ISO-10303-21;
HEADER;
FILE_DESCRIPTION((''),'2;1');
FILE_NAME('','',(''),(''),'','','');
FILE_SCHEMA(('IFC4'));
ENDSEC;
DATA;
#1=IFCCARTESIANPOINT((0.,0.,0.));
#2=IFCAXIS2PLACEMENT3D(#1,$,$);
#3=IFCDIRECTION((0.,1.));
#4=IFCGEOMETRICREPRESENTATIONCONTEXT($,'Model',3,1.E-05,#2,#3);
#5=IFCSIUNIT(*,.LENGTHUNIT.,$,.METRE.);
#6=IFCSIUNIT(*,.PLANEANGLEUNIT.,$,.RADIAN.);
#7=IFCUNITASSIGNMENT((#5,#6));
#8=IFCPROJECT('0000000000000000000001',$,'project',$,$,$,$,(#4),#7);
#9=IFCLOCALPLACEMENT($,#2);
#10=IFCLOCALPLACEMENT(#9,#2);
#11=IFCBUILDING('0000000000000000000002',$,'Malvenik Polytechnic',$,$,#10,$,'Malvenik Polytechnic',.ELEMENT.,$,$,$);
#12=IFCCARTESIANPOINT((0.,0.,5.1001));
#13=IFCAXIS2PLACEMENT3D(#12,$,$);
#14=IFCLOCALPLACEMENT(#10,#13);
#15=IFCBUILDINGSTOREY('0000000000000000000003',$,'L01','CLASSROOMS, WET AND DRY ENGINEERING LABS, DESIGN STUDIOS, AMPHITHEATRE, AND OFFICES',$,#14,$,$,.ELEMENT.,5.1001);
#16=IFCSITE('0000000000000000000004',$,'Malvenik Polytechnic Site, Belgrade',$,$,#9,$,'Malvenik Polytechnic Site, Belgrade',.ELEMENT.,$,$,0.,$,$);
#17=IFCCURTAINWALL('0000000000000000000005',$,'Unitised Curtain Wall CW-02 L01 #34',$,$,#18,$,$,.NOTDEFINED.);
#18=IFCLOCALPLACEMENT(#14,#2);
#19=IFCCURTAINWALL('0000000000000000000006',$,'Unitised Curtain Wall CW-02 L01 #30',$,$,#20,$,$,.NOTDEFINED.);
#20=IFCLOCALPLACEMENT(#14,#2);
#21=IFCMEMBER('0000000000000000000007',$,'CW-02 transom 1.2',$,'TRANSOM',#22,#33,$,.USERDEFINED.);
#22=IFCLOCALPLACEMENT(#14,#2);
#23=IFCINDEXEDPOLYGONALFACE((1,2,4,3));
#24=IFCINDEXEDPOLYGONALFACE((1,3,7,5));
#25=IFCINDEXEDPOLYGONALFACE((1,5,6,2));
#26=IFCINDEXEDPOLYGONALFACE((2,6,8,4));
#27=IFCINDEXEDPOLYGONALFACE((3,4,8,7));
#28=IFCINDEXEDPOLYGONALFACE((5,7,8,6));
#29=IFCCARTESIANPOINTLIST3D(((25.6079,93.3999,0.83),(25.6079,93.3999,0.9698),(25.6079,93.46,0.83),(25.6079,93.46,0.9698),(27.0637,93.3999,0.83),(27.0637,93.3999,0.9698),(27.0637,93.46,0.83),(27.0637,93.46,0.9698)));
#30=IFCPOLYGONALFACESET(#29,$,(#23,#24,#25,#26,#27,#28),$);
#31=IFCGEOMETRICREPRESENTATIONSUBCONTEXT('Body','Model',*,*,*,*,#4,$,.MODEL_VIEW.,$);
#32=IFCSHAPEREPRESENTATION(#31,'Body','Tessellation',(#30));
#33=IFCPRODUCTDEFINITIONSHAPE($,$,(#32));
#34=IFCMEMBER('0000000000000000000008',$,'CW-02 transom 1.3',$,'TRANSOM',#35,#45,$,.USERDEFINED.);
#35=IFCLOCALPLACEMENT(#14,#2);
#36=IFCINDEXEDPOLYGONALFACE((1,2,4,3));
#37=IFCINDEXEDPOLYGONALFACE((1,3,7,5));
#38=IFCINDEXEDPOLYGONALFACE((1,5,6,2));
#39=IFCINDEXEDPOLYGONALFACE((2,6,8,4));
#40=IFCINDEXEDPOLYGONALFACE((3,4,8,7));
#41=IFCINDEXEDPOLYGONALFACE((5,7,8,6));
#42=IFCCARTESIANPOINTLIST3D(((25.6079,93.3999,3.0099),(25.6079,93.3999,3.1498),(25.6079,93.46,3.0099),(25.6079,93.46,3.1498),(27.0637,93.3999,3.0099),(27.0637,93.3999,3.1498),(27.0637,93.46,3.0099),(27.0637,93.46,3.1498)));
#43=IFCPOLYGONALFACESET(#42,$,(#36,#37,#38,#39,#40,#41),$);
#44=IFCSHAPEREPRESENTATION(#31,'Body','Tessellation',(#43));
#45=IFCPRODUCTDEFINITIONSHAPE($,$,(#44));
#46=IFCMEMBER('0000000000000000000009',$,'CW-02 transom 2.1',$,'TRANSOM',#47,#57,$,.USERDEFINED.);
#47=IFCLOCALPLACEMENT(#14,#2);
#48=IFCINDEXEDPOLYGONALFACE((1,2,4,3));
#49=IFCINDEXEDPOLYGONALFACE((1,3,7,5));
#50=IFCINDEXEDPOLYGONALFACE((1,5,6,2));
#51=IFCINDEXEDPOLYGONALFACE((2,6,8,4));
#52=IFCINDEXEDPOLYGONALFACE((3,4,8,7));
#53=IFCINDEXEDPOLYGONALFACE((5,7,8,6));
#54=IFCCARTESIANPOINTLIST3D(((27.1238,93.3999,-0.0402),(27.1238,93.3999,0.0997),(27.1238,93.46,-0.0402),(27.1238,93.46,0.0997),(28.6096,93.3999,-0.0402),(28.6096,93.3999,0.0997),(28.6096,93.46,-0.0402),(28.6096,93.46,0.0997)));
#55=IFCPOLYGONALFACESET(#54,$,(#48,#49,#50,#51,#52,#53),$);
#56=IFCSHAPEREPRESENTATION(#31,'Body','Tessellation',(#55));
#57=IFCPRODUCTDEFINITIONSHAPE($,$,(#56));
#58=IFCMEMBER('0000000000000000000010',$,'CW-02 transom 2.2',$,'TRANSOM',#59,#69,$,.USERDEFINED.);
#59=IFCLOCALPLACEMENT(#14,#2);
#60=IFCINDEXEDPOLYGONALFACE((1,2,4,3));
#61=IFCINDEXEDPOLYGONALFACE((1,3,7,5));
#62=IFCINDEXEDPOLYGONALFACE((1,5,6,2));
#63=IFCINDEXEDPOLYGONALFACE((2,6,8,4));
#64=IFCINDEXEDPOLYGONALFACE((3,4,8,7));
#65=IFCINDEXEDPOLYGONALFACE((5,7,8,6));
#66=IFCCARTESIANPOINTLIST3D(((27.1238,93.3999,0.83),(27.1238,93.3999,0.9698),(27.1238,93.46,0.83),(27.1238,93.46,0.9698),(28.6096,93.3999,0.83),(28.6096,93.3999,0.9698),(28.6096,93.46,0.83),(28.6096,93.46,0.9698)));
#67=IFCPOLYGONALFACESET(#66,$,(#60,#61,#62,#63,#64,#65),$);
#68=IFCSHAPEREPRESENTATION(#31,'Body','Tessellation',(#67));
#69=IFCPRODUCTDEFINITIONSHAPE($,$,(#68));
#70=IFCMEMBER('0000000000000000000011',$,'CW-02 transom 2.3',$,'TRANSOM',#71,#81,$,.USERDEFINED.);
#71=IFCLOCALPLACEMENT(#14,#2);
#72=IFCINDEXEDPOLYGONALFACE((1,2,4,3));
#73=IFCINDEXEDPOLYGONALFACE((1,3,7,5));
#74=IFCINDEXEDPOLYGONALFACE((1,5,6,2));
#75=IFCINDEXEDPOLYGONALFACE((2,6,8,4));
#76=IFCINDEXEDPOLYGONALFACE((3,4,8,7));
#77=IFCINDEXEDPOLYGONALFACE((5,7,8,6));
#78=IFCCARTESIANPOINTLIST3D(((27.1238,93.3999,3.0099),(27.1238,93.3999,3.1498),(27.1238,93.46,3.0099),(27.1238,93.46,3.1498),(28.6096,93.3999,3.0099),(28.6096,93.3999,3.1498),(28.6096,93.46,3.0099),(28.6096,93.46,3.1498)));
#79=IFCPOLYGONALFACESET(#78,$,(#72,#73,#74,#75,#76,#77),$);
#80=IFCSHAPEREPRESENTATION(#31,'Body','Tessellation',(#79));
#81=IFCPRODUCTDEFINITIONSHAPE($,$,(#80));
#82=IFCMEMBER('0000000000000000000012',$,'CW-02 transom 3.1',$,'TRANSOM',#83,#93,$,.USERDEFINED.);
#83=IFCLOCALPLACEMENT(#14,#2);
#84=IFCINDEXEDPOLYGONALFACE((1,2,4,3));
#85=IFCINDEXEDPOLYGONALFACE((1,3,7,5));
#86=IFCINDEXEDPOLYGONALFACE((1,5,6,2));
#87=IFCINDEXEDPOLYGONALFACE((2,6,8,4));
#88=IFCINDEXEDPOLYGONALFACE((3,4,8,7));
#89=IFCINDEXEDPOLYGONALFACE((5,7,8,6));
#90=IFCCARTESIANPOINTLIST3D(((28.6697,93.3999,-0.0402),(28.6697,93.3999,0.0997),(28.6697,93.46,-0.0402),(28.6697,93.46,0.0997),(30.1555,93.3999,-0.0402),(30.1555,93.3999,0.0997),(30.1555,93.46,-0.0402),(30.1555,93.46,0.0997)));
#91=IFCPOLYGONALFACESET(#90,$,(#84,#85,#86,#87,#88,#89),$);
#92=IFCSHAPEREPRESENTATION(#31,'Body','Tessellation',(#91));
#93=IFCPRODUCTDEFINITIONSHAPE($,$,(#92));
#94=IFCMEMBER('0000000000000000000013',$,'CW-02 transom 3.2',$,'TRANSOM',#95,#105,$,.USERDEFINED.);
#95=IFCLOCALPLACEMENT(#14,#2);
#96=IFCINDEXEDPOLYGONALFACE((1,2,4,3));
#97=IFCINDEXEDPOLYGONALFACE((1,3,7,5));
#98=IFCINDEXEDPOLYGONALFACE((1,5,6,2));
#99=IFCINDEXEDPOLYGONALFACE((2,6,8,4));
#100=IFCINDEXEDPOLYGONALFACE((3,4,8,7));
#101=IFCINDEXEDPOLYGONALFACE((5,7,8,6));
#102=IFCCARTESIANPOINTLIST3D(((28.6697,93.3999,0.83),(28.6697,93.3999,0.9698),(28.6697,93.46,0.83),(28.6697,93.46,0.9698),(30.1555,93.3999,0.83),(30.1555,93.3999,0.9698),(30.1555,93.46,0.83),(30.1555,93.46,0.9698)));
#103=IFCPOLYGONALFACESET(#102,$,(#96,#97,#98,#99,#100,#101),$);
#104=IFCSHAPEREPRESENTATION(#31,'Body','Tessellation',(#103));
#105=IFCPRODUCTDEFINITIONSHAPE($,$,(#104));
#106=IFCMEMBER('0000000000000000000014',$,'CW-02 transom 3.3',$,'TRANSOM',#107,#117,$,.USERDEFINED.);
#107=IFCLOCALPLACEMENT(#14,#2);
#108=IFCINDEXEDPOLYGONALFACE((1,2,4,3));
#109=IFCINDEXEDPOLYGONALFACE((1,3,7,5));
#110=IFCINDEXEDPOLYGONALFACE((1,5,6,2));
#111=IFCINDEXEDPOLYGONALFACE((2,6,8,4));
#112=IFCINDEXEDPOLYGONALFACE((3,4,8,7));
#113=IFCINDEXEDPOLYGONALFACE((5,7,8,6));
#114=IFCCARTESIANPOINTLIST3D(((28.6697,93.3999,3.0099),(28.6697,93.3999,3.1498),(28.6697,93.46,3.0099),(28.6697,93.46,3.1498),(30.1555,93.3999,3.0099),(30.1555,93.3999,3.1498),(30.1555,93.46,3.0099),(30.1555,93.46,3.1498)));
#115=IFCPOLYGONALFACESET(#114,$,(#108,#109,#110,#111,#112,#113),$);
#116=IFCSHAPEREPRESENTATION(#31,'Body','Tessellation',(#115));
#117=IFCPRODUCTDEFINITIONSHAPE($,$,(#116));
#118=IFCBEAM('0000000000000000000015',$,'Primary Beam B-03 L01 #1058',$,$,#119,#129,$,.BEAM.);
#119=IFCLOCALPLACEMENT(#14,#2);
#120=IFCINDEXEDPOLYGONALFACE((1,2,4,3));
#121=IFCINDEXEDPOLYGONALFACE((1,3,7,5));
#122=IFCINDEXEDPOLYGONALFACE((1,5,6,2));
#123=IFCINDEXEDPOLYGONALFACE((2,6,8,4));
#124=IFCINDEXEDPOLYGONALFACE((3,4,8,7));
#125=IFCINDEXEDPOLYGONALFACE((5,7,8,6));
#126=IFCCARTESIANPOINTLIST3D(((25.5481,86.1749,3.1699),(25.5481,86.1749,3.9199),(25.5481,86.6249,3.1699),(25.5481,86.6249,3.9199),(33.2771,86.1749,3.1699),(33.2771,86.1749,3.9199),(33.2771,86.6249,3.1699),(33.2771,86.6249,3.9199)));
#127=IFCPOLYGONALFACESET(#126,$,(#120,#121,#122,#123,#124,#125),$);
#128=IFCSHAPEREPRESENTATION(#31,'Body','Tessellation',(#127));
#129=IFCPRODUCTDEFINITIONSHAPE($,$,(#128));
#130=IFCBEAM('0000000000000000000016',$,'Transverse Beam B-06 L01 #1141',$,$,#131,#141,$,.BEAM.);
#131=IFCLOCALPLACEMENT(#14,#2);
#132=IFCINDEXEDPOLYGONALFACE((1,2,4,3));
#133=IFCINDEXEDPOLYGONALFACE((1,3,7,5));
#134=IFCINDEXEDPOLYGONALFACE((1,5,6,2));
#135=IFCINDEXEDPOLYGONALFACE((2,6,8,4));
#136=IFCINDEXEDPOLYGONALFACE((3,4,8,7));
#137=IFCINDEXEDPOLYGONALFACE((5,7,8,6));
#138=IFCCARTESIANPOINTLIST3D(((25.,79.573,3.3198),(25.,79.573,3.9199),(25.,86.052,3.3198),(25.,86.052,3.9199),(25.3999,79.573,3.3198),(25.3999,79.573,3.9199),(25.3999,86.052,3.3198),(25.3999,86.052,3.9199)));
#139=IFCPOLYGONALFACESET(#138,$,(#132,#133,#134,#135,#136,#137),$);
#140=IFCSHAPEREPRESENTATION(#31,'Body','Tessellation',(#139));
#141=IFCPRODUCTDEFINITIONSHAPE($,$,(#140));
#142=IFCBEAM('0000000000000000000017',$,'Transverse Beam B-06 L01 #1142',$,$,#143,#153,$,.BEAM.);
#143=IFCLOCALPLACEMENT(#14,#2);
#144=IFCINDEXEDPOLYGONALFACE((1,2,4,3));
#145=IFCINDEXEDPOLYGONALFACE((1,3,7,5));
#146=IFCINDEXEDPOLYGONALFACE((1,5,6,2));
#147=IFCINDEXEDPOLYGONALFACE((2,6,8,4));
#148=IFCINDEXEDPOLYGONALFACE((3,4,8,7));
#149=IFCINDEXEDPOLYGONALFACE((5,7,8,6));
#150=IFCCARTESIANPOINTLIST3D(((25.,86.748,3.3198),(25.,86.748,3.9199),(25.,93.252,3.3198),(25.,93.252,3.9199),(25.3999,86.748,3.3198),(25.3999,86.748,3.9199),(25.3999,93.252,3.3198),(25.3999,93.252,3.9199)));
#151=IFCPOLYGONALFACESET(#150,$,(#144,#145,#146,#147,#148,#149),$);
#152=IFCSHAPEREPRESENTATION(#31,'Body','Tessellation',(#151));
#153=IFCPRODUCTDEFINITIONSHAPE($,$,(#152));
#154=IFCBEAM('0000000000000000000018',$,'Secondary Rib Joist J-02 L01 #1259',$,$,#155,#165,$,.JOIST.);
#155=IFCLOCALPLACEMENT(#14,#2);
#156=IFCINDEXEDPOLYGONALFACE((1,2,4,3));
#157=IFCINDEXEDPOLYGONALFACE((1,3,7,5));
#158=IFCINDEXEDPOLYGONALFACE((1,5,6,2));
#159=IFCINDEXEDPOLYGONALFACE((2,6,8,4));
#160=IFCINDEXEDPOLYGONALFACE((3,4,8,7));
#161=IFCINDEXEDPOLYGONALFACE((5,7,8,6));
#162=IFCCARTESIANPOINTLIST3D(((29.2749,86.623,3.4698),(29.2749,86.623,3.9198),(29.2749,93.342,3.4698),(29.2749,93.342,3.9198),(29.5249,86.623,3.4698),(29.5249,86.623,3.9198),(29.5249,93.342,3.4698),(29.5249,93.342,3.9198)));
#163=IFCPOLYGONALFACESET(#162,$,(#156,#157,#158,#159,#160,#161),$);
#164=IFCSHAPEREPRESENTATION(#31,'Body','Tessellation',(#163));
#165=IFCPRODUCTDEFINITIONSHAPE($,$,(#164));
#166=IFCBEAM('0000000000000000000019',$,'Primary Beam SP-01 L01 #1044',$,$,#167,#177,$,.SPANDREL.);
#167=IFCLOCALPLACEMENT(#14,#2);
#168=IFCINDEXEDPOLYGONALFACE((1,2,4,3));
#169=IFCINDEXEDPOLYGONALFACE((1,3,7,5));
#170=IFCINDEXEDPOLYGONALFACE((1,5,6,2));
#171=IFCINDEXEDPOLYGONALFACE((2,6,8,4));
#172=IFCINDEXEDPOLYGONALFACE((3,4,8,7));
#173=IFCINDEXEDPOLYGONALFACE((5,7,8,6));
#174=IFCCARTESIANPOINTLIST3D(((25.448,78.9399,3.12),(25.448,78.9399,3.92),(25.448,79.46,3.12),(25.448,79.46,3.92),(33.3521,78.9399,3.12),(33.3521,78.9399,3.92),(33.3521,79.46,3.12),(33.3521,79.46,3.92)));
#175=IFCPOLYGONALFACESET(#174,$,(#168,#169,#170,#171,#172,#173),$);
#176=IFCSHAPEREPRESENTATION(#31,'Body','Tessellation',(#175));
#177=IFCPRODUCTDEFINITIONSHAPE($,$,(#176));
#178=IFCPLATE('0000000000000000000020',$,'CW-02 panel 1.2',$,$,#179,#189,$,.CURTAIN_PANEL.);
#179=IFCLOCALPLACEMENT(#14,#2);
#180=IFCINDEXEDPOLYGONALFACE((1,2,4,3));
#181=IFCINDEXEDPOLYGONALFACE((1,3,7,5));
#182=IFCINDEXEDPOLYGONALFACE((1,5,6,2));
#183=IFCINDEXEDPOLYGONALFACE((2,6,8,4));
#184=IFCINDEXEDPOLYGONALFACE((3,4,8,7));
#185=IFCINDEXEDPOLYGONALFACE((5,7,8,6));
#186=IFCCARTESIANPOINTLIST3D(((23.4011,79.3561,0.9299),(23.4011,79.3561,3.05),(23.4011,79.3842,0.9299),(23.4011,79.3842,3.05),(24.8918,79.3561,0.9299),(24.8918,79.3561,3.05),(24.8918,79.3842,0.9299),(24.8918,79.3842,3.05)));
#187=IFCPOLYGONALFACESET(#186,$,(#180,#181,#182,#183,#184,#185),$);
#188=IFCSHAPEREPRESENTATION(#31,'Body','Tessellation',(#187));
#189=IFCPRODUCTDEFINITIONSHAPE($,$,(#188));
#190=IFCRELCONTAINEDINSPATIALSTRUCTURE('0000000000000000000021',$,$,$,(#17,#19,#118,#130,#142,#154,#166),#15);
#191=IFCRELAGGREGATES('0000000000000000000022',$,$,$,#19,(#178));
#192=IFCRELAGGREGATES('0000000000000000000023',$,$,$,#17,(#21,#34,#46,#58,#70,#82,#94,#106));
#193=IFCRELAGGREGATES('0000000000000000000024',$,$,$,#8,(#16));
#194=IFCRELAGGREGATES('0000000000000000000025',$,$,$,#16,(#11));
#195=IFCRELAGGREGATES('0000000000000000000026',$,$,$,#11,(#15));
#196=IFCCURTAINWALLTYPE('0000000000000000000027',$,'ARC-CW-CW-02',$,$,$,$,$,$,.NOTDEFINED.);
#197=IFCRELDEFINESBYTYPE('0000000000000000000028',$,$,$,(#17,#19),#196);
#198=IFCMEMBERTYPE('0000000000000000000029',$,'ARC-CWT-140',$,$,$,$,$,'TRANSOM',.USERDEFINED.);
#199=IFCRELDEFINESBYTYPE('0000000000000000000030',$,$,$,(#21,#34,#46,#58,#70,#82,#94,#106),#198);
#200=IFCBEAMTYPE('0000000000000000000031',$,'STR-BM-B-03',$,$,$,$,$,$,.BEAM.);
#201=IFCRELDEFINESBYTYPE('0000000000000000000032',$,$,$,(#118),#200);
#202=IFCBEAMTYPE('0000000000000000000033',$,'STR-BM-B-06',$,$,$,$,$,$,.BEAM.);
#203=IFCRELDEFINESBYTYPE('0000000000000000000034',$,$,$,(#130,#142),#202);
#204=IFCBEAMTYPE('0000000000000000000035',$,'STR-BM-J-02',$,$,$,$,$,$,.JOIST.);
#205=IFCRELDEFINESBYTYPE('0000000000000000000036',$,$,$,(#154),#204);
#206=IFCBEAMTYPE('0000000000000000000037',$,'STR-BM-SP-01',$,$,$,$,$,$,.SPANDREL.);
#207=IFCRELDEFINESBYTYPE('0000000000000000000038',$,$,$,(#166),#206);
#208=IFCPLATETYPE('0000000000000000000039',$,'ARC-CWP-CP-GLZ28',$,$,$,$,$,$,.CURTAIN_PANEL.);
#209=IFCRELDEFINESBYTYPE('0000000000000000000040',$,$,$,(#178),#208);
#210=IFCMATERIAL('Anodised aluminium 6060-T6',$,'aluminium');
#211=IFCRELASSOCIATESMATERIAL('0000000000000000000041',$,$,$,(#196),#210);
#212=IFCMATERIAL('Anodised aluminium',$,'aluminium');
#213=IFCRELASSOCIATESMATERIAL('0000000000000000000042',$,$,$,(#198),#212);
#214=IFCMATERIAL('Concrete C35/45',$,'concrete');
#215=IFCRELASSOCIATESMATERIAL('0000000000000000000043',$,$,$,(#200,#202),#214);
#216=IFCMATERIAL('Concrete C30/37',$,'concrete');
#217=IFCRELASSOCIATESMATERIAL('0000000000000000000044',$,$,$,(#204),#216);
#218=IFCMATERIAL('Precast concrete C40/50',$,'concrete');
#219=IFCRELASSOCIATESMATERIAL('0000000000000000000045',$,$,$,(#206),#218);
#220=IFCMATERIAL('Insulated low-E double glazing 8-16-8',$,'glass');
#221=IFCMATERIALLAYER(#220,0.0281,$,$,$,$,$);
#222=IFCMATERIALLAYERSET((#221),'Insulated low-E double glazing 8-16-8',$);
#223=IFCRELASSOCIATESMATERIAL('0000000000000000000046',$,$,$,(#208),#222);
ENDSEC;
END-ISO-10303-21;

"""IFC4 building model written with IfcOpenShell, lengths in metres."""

from ifc_helpers import new_model, si_unit, direction, frame, origin, origin_2d, place, context, subcontext, project, spatial, rectangle, extrude, material, layer, layer_set, material_profile, profile_set, type_object, element, aggregate, save


model = new_model("IFC4")

# Units and contexts
model_context = context("Model", 3, precision=1e-05, world=origin(), true_north=direction((0.0, 1.0)))
body_context = subcontext(model_context, "Body", "Model", "MODEL_VIEW")
ifc_project = project(units=[si_unit("LENGTHUNIT", "METRE"), si_unit("PLANEANGLEUNIT", "RADIAN")], contexts=[model_context])

# Site, building, storey
site_placement = place(None, origin())
site = spatial("IfcSite", under=ifc_project, at=site_placement, Name="Malvenik Polytechnic Site, Belgrade", LongName="Malvenik Polytechnic Site, Belgrade", CompositionType="ELEMENT", RefElevation=0.0)
building_placement = place(site_placement, origin())
building = spatial("IfcBuilding", under=site, at=building_placement, Name="Malvenik Polytechnic", LongName="Malvenik Polytechnic", CompositionType="ELEMENT")
storey_placement = place(building_placement, frame((0.0, 0.0, 5.1001)))
storey = spatial("IfcBuildingStorey", under=building, at=storey_placement, Name="L01", Description="CLASSROOMS, WET AND DRY ENGINEERING LABS, DESIGN STUDIOS, AMPHITHEATRE, AND OFFICES", CompositionType="ELEMENT", Elevation=5.1001)

# Shared definitions
ifc_material_1 = material(Name="Concrete C35/45", Category="concrete")

# Curtain walls
ifc_material_2 = material(Name="Anodised aluminium 6060-T6", Category="aluminium")
curtain_wall_type = type_object("IfcCurtainWallType", Name="ARC-CW-CW-02", PredefinedType="NOTDEFINED", material=ifc_material_2)
curtain_wall_1_placement = place(storey_placement, origin())
curtain_wall_1 = element("IfcCurtainWall", 1, at=curtain_wall_1_placement, inside=storey, type_object=curtain_wall_type, Name="Unitised Curtain Wall CW-02 L01 #34", PredefinedType="NOTDEFINED")
ifc_material_3 = material(Name="Anodised aluminium", Category="aluminium")
curtain_wall_2_placement = place(storey_placement, origin())
curtain_wall_2 = element("IfcCurtainWall", 2, at=curtain_wall_2_placement, inside=storey, type_object=curtain_wall_type, Name="Unitised Curtain Wall CW-02 L01 #30", PredefinedType="NOTDEFINED")
ifc_material_profile_1 = material_profile(ifc_material_3, rectangle(XDim=0.0601, YDim=0.1399, at=origin_2d()), Name="ALU TRANSOM 60x140")
ifc_profile_set_1 = profile_set([ifc_material_profile_1], Name="Anodised aluminium")
member_type_1 = type_object("IfcMemberType", Name="ARC-CWT-140", ElementType="TRANSOM", PredefinedType="USERDEFINED", material=ifc_profile_set_1)

# Members
member_1_placement = place(storey_placement, frame((25.6079, 93.4299, 0.8999), z_axis=(1.0, 0.0, 0.0), x_axis=(0.0, 1.0, 0.0)))
member_1 = element("IfcMember", 3, at=member_1_placement, type_object=member_type_1, Name="CW-02 transom 1.2", ObjectType="TRANSOM", PredefinedType="USERDEFINED", context=body_context, shape_type="SweptSolid", body=[
    extrude(rectangle(XDim=0.0601, YDim=0.1399, at=origin_2d()), origin(), (0.0, 0.0, 1.0), 1.4558),
])
member_2_placement = place(storey_placement, frame((25.6079, 93.4299, 3.0798), z_axis=(1.0, 0.0, 0.0), x_axis=(0.0, 1.0, 0.0)))
member_2 = element("IfcMember", 4, at=member_2_placement, type_object=member_type_1, Name="CW-02 transom 1.3", ObjectType="TRANSOM", PredefinedType="USERDEFINED", context=body_context, shape_type="SweptSolid", body=[
    extrude(rectangle(XDim=0.0601, YDim=0.1399, at=origin_2d()), origin(), (0.0, 0.0, 1.0), 1.4558),
])
member_3_placement = place(storey_placement, frame((27.1238, 93.4299, 0.0298), z_axis=(1.0, 0.0, 0.0), x_axis=(0.0, 1.0, 0.0)))
member_3 = element("IfcMember", 5, at=member_3_placement, type_object=member_type_1, Name="CW-02 transom 2.1", ObjectType="TRANSOM", PredefinedType="USERDEFINED", context=body_context, shape_type="SweptSolid", body=[
    extrude(rectangle(XDim=0.0601, YDim=0.1399, at=origin_2d()), origin(), (0.0, 0.0, 1.0), 1.4858),
])
member_4_placement = place(storey_placement, frame((27.1238, 93.4299, 0.8999), z_axis=(1.0, 0.0, 0.0), x_axis=(0.0, 1.0, 0.0)))
member_4 = element("IfcMember", 6, at=member_4_placement, type_object=member_type_1, Name="CW-02 transom 2.2", ObjectType="TRANSOM", PredefinedType="USERDEFINED", context=body_context, shape_type="SweptSolid", body=[
    extrude(rectangle(XDim=0.0601, YDim=0.1399, at=origin_2d()), origin(), (0.0, 0.0, 1.0), 1.4858),
])
member_5_placement = place(storey_placement, frame((27.1238, 93.4299, 3.0798), z_axis=(1.0, 0.0, 0.0), x_axis=(0.0, 1.0, 0.0)))
member_5 = element("IfcMember", 7, at=member_5_placement, type_object=member_type_1, Name="CW-02 transom 2.3", ObjectType="TRANSOM", PredefinedType="USERDEFINED", context=body_context, shape_type="SweptSolid", body=[
    extrude(rectangle(XDim=0.0601, YDim=0.1399, at=origin_2d()), origin(), (0.0, 0.0, 1.0), 1.4858),
])
member_6_placement = place(storey_placement, frame((28.6697, 93.4299, 0.0298), z_axis=(1.0, 0.0, 0.0), x_axis=(0.0, 1.0, 0.0)))
member_6 = element("IfcMember", 8, at=member_6_placement, type_object=member_type_1, Name="CW-02 transom 3.1", ObjectType="TRANSOM", PredefinedType="USERDEFINED", context=body_context, shape_type="SweptSolid", body=[
    extrude(rectangle(XDim=0.0601, YDim=0.1399, at=origin_2d()), origin(), (0.0, 0.0, 1.0), 1.4858),
])
member_7_placement = place(storey_placement, frame((28.6697, 93.4299, 0.8999), z_axis=(1.0, 0.0, 0.0), x_axis=(0.0, 1.0, 0.0)))
member_7 = element("IfcMember", 9, at=member_7_placement, type_object=member_type_1, Name="CW-02 transom 3.2", ObjectType="TRANSOM", PredefinedType="USERDEFINED", context=body_context, shape_type="SweptSolid", body=[
    extrude(rectangle(XDim=0.0601, YDim=0.1399, at=origin_2d()), origin(), (0.0, 0.0, 1.0), 1.4858),
])
member_8_placement = place(storey_placement, frame((28.6697, 93.4299, 3.0798), z_axis=(1.0, 0.0, 0.0), x_axis=(0.0, 1.0, 0.0)))
member_8 = element("IfcMember", 10, at=member_8_placement, type_object=member_type_1, Name="CW-02 transom 3.3", ObjectType="TRANSOM", PredefinedType="USERDEFINED", context=body_context, shape_type="SweptSolid", body=[
    extrude(rectangle(XDim=0.0601, YDim=0.1399, at=origin_2d()), origin(), (0.0, 0.0, 1.0), 1.4858),
])

# Beams
ifc_material_profile_2 = material_profile(ifc_material_1, rectangle(XDim=0.45, YDim=0.75, at=origin_2d()), Name="RC BM 450x750")
ifc_profile_set_2 = profile_set([ifc_material_profile_2], Name="Concrete C35/45")
beam_type_1 = type_object("IfcBeamType", Name="STR-BM-B-03", PredefinedType="BEAM", material=ifc_profile_set_2)
beam_1_placement = place(storey_placement, frame((25.5481, 86.3999, 3.5449), z_axis=(1.0, 0.0, 0.0), x_axis=(0.0, 1.0, 0.0)))
element("IfcBeam", 11, at=beam_1_placement, inside=storey, type_object=beam_type_1, Name="Primary Beam B-03 L01 #1058", PredefinedType="BEAM", context=body_context, shape_type="SweptSolid", body=[
    extrude(rectangle(XDim=0.45, YDim=0.75, at=origin_2d()), origin(), (0.0, 0.0, 1.0), 7.729),
])
ifc_material_profile_3 = material_profile(ifc_material_1, rectangle(XDim=0.3999, YDim=0.6001, at=origin_2d()), Name="RC BM 400x600")
ifc_profile_set_3 = profile_set([ifc_material_profile_3], Name="Concrete C35/45")
beam_type_2 = type_object("IfcBeamType", Name="STR-BM-B-06", PredefinedType="BEAM", material=ifc_profile_set_3)
beam_2_placement = place(storey_placement, frame((25.2, 79.573, 3.6199), z_axis=(0.0, 1.0, 0.0), x_axis=(-1.0, 0.0, 0.0)))
element("IfcBeam", 12, at=beam_2_placement, inside=storey, type_object=beam_type_2, Name="Transverse Beam B-06 L01 #1141", PredefinedType="BEAM", context=body_context, shape_type="SweptSolid", body=[
    extrude(rectangle(XDim=0.3999, YDim=0.6001, at=origin_2d()), origin(), (0.0, 0.0, 1.0), 6.479),
])
beam_3_placement = place(storey_placement, frame((25.2, 86.748, 3.6199), z_axis=(0.0, 1.0, 0.0), x_axis=(-1.0, 0.0, 0.0)))
element("IfcBeam", 13, at=beam_3_placement, inside=storey, type_object=beam_type_2, Name="Transverse Beam B-06 L01 #1142", PredefinedType="BEAM", context=body_context, shape_type="SweptSolid", body=[
    extrude(rectangle(XDim=0.3999, YDim=0.6001, at=origin_2d()), origin(), (0.0, 0.0, 1.0), 6.5039),
])
ifc_material_4 = material(Name="Concrete C30/37", Category="concrete")
ifc_material_profile_4 = material_profile(ifc_material_4, rectangle(XDim=0.25, YDim=0.45, at=origin_2d()), Name="RC JST 250x450")
ifc_profile_set_4 = profile_set([ifc_material_profile_4], Name="Concrete C30/37")
beam_type_3 = type_object("IfcBeamType", Name="STR-BM-J-02", PredefinedType="JOIST", material=ifc_profile_set_4)
beam_4_placement = place(storey_placement, frame((29.3999, 86.623, 3.6948), z_axis=(0.0, 1.0, 0.0), x_axis=(-1.0, 0.0, 0.0)))
element("IfcBeam", 14, at=beam_4_placement, inside=storey, type_object=beam_type_3, Name="Secondary Rib Joist J-02 L01 #1259", PredefinedType="JOIST", context=body_context, shape_type="SweptSolid", body=[
    extrude(rectangle(XDim=0.25, YDim=0.45, at=origin_2d()), origin(), (0.0, 0.0, 1.0), 6.719),
])
ifc_material_5 = material(Name="Precast concrete C40/50", Category="concrete")
ifc_material_profile_5 = material_profile(ifc_material_5, rectangle(XDim=0.52, YDim=0.8, at=origin_2d()), Name="PC SPN 520x800")
ifc_profile_set_5 = profile_set([ifc_material_profile_5], Name="Precast concrete C40/50")
beam_type_4 = type_object("IfcBeamType", Name="STR-BM-SP-01", PredefinedType="SPANDREL", material=ifc_profile_set_5)
beam_5_placement = place(storey_placement, frame((25.448, 79.2, 3.52), z_axis=(1.0, 0.0, 0.0), x_axis=(0.0, 1.0, 0.0)))
element("IfcBeam", 15, at=beam_5_placement, inside=storey, type_object=beam_type_4, Name="Primary Beam SP-01 L01 #1044", PredefinedType="SPANDREL", context=body_context, shape_type="SweptSolid", body=[
    extrude(rectangle(XDim=0.52, YDim=0.8, at=origin_2d()), origin(), (0.0, 0.0, 1.0), 7.9041),
])

# Plate
ifc_material_6 = material(Name="Insulated low-E double glazing 8-16-8", Category="glass")
ifc_layer_1 = layer(ifc_material_6, 0.0281)
ifc_layer_set_1 = layer_set([ifc_layer_1], Name="Insulated low-E double glazing 8-16-8")
plate_type_1 = type_object("IfcPlateType", Name="ARC-CWP-CP-GLZ28", PredefinedType="CURTAIN_PANEL", material=ifc_layer_set_1)
plate_1_placement = place(storey_placement, frame((24.1465, 79.3701, 0.9299), z_axis=(0.0, 0.0, 1.0), x_axis=(-1.0, 0.0, 0.0)))
plate_1 = element("IfcPlate", 16, at=plate_1_placement, type_object=plate_type_1, Name="CW-02 panel 1.2", PredefinedType="CURTAIN_PANEL", context=body_context, shape_type="SweptSolid", body=[
    extrude(rectangle(XDim=1.4907, YDim=0.0281, at=origin_2d()), origin(), (0.0, 0.0, 1.0), 2.1201),
])
aggregate(curtain_wall_2, [plate_1])
aggregate(curtain_wall_1, [member_1, member_2, member_3, member_4, member_5, member_6, member_7, member_8])

save(model, "model.ifc")
